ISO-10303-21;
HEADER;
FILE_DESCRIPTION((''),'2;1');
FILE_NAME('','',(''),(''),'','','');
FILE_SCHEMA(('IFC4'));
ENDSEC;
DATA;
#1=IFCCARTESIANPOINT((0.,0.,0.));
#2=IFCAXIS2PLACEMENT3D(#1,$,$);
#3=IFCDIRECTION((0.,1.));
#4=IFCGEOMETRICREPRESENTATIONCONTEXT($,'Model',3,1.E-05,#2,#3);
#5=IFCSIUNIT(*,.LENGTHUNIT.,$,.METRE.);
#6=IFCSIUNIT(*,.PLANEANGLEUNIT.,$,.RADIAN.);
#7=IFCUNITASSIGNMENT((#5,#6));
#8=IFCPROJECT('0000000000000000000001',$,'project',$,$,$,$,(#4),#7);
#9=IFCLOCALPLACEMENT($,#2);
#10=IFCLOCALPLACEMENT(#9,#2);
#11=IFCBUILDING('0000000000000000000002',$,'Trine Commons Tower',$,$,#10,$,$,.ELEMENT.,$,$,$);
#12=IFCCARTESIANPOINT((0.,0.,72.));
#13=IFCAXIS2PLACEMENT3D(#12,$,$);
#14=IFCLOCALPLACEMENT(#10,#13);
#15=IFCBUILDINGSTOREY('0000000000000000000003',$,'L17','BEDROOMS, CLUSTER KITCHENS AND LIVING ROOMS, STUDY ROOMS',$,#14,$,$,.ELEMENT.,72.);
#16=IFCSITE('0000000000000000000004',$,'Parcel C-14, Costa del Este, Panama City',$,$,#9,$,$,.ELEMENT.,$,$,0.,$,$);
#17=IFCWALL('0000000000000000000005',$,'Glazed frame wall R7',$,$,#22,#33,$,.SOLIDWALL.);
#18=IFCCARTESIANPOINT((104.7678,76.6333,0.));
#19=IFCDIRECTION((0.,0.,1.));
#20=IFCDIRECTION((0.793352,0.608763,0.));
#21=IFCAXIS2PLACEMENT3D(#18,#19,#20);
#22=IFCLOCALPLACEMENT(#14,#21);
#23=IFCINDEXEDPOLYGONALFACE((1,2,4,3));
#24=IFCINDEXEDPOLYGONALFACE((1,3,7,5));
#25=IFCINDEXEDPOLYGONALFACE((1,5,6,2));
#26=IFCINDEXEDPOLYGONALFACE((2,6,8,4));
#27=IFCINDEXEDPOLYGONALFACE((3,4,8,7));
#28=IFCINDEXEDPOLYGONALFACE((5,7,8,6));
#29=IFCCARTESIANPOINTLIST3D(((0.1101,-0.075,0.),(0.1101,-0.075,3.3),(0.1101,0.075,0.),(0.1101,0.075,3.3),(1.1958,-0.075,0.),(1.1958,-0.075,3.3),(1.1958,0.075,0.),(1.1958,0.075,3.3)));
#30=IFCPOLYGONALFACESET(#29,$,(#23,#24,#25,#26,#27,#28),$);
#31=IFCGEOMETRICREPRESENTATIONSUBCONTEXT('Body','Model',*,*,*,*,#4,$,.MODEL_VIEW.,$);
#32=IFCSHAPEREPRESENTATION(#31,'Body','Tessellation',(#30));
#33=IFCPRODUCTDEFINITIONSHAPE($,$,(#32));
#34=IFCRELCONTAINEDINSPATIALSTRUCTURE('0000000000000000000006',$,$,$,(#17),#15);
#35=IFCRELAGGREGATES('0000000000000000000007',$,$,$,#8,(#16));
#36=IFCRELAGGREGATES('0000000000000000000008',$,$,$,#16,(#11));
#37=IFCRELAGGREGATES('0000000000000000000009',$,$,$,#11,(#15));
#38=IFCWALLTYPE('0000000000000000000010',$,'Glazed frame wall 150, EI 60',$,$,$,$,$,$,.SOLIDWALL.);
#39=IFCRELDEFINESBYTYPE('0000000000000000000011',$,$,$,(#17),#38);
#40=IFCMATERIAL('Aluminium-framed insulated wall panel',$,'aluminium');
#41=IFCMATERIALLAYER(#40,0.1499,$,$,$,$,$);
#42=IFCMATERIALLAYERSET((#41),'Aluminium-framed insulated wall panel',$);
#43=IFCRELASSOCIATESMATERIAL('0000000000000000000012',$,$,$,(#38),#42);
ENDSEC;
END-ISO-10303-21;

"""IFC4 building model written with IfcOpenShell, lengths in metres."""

from ifc_helpers import new_model, si_unit, direction, frame, origin, place, context, subcontext, project, spatial, polyline, outline, extrude, material, layer, layer_set, type_object, element, save


model = new_model("IFC4")

# Units and contexts
model_context = context("Model", 3, precision=1e-05, world=origin(), true_north=direction((0.0, 1.0)))
body_context = subcontext(model_context, "Body", "Model", "MODEL_VIEW")
ifc_project = project(units=[si_unit("LENGTHUNIT", "METRE"), si_unit("PLANEANGLEUNIT", "RADIAN")], contexts=[model_context])

# Site, building, storey
site_placement = place(None, origin())
site = spatial("IfcSite", under=ifc_project, at=site_placement, Name="Parcel C-14, Costa del Este, Panama City", CompositionType="ELEMENT", RefElevation=0.0)
building_placement = place(site_placement, origin())
building = spatial("IfcBuilding", under=site, at=building_placement, Name="Trine Commons Tower", CompositionType="ELEMENT")
storey_placement = place(building_placement, frame((0.0, 0.0, 72.0)))
storey = spatial("IfcBuildingStorey", under=building, at=storey_placement, Name="L17", Description="BEDROOMS, CLUSTER KITCHENS AND LIVING ROOMS, STUDY ROOMS", CompositionType="ELEMENT", Elevation=72.0)

# Wall
ifc_material_1 = material(Name="Aluminium-framed insulated wall panel", Category="aluminium")
ifc_layer_1 = layer(ifc_material_1, 0.1499)
ifc_layer_set_1 = layer_set([ifc_layer_1], Name="Aluminium-framed insulated wall panel")
wall_type_1 = type_object("IfcWallType", Name="Glazed frame wall 150, EI 60", PredefinedType="SOLIDWALL", material=ifc_layer_set_1)
wall_1_placement = place(storey_placement, frame((104.7678, 76.6333, 0.0), z_axis=(0.0, 0.0, 1.0), x_axis=(0.793352, 0.608763, 0.0)))
element("IfcWall", 1, at=wall_1_placement, inside=storey, type_object=wall_type_1, Name="Glazed frame wall R7", PredefinedType="SOLIDWALL", context=body_context, shape_type="SweptSolid", body=[
    extrude(outline(polyline([(0.1101, 0.075), (0.1101, -0.075), (1.1958, -0.075), (1.1958, 0.075), (0.1101, 0.075)])), origin(), (0.0, 0.0, 1.0), 3.3),
])

save(model, "model.ifc")
